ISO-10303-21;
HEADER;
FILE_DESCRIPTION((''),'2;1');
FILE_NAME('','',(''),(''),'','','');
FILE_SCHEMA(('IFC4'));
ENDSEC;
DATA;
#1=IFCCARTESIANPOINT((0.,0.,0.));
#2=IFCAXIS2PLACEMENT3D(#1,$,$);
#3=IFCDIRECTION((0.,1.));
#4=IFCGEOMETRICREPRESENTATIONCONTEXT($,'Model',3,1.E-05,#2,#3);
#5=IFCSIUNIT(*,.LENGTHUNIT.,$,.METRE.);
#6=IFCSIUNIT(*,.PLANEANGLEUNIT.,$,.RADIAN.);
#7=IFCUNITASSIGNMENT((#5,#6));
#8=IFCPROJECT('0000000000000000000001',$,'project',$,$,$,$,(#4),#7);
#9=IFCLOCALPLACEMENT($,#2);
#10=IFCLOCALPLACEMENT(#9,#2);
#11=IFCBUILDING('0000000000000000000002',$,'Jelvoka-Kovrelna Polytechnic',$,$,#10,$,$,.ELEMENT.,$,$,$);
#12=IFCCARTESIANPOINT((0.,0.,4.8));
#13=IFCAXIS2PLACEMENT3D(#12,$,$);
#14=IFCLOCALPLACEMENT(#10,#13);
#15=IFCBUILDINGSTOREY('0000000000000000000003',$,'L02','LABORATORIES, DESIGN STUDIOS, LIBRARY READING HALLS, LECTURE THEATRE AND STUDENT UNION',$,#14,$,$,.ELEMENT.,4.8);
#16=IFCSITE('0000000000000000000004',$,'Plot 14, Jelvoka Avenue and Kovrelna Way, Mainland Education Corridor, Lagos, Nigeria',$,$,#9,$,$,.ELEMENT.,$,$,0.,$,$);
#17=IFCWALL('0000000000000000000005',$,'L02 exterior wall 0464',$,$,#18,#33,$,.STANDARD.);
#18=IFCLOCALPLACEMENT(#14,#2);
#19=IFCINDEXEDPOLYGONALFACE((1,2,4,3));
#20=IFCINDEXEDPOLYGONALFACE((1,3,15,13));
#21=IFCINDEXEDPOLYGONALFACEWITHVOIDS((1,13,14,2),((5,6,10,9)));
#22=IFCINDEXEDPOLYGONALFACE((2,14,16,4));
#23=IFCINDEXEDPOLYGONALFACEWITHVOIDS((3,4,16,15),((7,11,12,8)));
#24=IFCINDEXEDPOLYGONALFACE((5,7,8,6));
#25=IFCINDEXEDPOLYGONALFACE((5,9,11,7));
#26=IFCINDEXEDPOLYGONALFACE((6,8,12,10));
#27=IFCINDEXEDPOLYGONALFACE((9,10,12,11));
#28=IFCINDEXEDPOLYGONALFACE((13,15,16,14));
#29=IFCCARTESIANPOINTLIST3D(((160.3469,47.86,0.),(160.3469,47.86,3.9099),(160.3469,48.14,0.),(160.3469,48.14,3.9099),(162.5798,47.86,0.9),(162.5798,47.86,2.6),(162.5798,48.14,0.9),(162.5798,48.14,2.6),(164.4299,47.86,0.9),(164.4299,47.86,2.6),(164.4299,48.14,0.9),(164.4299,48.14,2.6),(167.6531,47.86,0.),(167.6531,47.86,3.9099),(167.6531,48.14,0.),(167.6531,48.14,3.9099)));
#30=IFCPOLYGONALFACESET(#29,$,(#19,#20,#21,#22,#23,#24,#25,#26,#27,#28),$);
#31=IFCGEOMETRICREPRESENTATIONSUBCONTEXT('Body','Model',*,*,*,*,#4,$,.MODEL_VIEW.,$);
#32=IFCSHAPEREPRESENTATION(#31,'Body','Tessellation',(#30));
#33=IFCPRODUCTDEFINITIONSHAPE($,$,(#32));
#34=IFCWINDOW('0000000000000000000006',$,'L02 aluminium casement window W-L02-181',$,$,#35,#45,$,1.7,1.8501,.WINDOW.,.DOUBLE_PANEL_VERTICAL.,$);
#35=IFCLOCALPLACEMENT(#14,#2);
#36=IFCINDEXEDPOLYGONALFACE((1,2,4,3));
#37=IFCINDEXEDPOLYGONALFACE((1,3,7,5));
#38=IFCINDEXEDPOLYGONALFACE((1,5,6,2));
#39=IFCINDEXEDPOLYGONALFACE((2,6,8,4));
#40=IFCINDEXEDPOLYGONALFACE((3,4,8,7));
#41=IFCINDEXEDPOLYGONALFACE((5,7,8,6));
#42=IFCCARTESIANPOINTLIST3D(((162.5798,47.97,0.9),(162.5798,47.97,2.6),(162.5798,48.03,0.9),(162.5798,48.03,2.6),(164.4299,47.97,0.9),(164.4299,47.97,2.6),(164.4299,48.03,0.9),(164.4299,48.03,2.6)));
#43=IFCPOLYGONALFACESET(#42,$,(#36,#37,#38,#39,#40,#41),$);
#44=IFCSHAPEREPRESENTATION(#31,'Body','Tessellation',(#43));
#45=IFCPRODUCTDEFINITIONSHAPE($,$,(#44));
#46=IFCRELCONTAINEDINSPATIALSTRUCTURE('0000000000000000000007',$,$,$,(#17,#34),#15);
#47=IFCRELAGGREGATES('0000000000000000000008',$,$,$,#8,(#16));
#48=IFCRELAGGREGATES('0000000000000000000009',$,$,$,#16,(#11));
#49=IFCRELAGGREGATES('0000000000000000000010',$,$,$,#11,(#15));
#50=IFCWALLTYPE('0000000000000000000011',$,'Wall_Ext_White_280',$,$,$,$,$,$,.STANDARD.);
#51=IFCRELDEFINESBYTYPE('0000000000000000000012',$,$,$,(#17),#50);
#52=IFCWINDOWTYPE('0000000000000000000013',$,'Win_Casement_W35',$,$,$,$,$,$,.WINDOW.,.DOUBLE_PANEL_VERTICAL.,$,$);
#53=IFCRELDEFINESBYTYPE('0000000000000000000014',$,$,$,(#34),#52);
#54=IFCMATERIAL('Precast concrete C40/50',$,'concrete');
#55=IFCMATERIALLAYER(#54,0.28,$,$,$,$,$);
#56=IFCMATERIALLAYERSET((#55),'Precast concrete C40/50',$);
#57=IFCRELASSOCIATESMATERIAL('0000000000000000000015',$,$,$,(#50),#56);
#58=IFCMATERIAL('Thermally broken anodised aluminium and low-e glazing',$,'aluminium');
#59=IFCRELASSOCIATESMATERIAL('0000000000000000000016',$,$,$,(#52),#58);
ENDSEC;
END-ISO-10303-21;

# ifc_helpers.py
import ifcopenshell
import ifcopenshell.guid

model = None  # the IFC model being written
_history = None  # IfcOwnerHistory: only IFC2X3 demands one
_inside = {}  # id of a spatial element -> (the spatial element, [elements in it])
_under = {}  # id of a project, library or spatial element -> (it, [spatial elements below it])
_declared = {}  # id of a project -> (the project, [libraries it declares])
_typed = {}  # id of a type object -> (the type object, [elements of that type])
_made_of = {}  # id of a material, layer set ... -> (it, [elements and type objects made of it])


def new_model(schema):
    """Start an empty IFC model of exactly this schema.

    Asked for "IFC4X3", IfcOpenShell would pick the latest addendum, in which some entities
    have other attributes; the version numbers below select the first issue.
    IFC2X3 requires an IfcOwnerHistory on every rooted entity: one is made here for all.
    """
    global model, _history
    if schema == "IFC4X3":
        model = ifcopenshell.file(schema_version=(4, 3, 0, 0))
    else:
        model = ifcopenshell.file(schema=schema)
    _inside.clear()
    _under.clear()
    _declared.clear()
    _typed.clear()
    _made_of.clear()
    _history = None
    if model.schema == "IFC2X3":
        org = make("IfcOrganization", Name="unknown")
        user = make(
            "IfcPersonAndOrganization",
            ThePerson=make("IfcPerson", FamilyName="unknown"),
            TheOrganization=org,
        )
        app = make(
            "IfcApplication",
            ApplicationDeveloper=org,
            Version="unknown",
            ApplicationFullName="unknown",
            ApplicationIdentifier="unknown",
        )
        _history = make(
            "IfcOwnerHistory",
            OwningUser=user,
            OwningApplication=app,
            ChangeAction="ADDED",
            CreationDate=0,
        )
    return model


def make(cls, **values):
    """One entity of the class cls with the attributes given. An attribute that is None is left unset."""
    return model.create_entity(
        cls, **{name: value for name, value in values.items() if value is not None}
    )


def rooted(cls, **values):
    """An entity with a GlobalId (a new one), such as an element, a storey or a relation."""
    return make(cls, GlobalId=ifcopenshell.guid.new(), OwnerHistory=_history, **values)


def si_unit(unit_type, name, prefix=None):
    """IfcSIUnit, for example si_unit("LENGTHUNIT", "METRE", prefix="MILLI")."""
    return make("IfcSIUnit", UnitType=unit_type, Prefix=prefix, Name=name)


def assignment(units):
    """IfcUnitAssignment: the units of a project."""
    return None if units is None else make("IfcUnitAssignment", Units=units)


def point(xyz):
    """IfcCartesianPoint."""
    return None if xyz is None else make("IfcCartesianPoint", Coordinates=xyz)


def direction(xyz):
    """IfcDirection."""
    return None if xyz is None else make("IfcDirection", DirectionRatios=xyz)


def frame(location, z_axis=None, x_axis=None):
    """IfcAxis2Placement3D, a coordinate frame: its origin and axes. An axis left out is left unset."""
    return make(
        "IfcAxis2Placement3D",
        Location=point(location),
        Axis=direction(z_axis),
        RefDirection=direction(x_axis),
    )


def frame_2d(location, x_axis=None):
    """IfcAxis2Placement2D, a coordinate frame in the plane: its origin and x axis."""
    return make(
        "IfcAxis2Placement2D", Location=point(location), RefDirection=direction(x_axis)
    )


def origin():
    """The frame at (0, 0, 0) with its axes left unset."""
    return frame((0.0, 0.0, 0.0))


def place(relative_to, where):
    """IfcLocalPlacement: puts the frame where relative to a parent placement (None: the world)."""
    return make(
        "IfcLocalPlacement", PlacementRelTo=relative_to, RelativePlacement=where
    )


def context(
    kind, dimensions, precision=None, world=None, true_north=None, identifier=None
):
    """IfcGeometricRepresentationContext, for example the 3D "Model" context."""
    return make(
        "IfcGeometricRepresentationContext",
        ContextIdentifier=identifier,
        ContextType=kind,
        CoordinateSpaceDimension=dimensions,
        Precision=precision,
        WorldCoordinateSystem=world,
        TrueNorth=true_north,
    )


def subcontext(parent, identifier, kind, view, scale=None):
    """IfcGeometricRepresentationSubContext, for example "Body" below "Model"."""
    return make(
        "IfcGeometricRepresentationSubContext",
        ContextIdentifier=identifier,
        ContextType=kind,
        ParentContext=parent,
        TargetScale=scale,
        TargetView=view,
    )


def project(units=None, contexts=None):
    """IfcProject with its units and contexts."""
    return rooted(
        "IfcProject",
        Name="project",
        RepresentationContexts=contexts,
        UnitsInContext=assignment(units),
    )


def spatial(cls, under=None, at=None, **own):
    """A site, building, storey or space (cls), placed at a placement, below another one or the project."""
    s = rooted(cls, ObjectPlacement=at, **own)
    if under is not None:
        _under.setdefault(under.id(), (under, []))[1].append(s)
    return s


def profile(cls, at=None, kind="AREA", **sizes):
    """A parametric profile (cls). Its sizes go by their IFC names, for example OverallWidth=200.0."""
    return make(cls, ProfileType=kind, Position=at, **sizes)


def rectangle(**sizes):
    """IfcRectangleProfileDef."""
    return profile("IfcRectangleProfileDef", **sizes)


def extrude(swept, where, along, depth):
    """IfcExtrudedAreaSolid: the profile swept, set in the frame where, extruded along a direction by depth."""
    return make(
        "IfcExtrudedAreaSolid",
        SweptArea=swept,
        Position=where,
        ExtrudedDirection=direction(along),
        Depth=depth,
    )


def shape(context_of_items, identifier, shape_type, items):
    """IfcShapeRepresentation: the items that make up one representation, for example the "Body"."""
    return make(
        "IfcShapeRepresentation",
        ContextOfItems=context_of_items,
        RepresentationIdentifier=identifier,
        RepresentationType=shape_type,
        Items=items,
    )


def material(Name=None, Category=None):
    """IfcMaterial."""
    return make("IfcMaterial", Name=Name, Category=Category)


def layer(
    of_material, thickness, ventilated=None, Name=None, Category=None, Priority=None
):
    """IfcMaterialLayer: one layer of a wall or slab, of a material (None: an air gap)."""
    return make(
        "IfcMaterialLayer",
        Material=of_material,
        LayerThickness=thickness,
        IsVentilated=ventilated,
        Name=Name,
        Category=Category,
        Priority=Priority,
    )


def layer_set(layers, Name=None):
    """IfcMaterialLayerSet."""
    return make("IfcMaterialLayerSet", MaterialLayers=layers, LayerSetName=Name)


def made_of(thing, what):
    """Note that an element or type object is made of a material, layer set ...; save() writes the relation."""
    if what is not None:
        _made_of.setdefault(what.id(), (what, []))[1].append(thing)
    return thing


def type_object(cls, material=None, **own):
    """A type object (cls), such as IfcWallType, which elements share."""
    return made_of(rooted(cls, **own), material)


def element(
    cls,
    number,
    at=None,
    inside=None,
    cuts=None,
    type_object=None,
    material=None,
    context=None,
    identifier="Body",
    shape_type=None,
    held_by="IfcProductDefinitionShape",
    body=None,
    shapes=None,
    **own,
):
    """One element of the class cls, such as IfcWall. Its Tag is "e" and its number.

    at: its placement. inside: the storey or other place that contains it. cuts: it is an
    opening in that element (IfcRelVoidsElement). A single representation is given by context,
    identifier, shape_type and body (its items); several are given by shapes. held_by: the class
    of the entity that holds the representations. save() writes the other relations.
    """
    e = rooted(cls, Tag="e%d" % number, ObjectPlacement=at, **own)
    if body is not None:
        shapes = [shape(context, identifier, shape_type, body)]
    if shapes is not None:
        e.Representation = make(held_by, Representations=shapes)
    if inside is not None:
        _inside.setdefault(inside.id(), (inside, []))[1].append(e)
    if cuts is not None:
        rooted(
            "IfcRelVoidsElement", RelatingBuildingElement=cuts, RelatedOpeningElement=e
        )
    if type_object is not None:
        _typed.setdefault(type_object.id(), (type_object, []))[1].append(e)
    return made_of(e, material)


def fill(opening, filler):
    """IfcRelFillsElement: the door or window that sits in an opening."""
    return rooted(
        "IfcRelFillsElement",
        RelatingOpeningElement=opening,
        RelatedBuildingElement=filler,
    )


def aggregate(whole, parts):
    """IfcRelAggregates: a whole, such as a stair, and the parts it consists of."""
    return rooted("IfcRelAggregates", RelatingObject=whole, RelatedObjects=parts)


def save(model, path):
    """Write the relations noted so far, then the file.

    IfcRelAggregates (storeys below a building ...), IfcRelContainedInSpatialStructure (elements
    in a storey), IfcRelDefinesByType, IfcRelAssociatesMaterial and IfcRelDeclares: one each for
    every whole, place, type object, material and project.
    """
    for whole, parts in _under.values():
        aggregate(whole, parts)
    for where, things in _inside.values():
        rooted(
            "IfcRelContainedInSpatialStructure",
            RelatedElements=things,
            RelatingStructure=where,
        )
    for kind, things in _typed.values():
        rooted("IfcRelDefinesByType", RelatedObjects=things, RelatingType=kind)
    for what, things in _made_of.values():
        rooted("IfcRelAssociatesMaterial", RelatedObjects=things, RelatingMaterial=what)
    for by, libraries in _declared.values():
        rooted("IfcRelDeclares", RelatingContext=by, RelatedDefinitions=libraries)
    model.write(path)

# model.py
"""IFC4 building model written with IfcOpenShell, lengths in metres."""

from ifc_helpers import new_model, si_unit, direction, frame, frame_2d, origin, place, context, subcontext, project, spatial, rectangle, extrude, material, layer, layer_set, type_object, element, fill, save


model = new_model("IFC4")

# Units and contexts
model_context = context("Model", 3, precision=1e-05, world=origin(), true_north=direction((0.0, 1.0)))
body_context = subcontext(model_context, "Body", "Model", "MODEL_VIEW")
ifc_project = project(units=[si_unit("LENGTHUNIT", "METRE"), si_unit("PLANEANGLEUNIT", "RADIAN")], contexts=[model_context])

# Site, building, storey
site_placement = place(None, origin())
site = spatial("IfcSite", under=ifc_project, at=site_placement, Name="Plot 14, Jelvoka Avenue and Kovrelna Way, Mainland Education Corridor, Lagos, Nigeria", CompositionType="ELEMENT", RefElevation=0.0)
building_placement = place(site_placement, origin())
building = spatial("IfcBuilding", under=site, at=building_placement, Name="Jelvoka-Kovrelna Polytechnic", CompositionType="ELEMENT")
storey_placement = place(building_placement, frame((0.0, 0.0, 4.8)))
storey = spatial("IfcBuildingStorey", under=building, at=storey_placement, Name="L02", Description="LABORATORIES, DESIGN STUDIOS, LIBRARY READING HALLS, LECTURE THEATRE AND STUDENT UNION", CompositionType="ELEMENT", Elevation=4.8)

# Wall, opening, window
ifc_material_1 = material(Name="Precast concrete C40/50", Category="concrete")
ifc_layer_1 = layer(ifc_material_1, 0.28)
ifc_layer_set_1 = layer_set([ifc_layer_1], Name="Precast concrete C40/50")
wall_type = type_object("IfcWallType", Name="Wall_Ext_White_280", PredefinedType="STANDARD", material=ifc_layer_set_1)
wall_1_placement = place(storey_placement, frame((160.3469, 48.0, 0.0), z_axis=(0.0, 0.0, 1.0), x_axis=(1.0, 0.0, 0.0)))
wall_1 = element("IfcWall", 1, at=wall_1_placement, inside=storey, type_object=wall_type, Name="L02 exterior wall 0464", PredefinedType="STANDARD", context=body_context, shape_type="SweptSolid", body=[
    extrude(rectangle(XDim=7.3062, YDim=0.28, at=frame_2d((3.6531, 0.0))), origin(), (0.0, 0.0, 1.0), 3.9099),
])
opening_1_placement = place(wall_1_placement, frame((2.2329, 0.0, 0.8999)))
opening_1 = element("IfcOpeningElement", 2, at=opening_1_placement, cuts=wall_1, PredefinedType="OPENING", context=body_context, shape_type="SweptSolid", body=[
    extrude(rectangle(XDim=1.8501, YDim=1.7, at=frame_2d((0.925, 0.8501))), frame((0.0, 0.1501, 0.0), z_axis=(0.0, -1.0, 0.0), x_axis=(1.0, 0.0, 0.0)), (0.0, 0.0, 1.0), 0.3),
])
ifc_material_2 = material(Name="Thermally broken anodised aluminium and low-e glazing", Category="aluminium")
window_type_1 = type_object("IfcWindowType", Name="Win_Casement_W35", PartitioningType="DOUBLE_PANEL_VERTICAL", PredefinedType="WINDOW", material=ifc_material_2)
window_1_placement = place(opening_1_placement, origin())
window_1 = element("IfcWindow", 3, at=window_1_placement, inside=storey, type_object=window_type_1, Name="L02 aluminium casement window W-L02-181", OverallHeight=1.7, OverallWidth=1.8501, PartitioningType="DOUBLE_PANEL_VERTICAL", PredefinedType="WINDOW", context=body_context, shape_type="SweptSolid", body=[
    extrude(rectangle(XDim=1.8501, YDim=1.7, at=frame_2d((0.925, 0.8501))), frame((0.0, 0.03, 0.0), z_axis=(0.0, -1.0, 0.0), x_axis=(1.0, 0.0, 0.0)), (0.0, 0.0, 1.0), 0.0601),
])
fill(opening_1, window_1)

save(model, "model.ifc")
